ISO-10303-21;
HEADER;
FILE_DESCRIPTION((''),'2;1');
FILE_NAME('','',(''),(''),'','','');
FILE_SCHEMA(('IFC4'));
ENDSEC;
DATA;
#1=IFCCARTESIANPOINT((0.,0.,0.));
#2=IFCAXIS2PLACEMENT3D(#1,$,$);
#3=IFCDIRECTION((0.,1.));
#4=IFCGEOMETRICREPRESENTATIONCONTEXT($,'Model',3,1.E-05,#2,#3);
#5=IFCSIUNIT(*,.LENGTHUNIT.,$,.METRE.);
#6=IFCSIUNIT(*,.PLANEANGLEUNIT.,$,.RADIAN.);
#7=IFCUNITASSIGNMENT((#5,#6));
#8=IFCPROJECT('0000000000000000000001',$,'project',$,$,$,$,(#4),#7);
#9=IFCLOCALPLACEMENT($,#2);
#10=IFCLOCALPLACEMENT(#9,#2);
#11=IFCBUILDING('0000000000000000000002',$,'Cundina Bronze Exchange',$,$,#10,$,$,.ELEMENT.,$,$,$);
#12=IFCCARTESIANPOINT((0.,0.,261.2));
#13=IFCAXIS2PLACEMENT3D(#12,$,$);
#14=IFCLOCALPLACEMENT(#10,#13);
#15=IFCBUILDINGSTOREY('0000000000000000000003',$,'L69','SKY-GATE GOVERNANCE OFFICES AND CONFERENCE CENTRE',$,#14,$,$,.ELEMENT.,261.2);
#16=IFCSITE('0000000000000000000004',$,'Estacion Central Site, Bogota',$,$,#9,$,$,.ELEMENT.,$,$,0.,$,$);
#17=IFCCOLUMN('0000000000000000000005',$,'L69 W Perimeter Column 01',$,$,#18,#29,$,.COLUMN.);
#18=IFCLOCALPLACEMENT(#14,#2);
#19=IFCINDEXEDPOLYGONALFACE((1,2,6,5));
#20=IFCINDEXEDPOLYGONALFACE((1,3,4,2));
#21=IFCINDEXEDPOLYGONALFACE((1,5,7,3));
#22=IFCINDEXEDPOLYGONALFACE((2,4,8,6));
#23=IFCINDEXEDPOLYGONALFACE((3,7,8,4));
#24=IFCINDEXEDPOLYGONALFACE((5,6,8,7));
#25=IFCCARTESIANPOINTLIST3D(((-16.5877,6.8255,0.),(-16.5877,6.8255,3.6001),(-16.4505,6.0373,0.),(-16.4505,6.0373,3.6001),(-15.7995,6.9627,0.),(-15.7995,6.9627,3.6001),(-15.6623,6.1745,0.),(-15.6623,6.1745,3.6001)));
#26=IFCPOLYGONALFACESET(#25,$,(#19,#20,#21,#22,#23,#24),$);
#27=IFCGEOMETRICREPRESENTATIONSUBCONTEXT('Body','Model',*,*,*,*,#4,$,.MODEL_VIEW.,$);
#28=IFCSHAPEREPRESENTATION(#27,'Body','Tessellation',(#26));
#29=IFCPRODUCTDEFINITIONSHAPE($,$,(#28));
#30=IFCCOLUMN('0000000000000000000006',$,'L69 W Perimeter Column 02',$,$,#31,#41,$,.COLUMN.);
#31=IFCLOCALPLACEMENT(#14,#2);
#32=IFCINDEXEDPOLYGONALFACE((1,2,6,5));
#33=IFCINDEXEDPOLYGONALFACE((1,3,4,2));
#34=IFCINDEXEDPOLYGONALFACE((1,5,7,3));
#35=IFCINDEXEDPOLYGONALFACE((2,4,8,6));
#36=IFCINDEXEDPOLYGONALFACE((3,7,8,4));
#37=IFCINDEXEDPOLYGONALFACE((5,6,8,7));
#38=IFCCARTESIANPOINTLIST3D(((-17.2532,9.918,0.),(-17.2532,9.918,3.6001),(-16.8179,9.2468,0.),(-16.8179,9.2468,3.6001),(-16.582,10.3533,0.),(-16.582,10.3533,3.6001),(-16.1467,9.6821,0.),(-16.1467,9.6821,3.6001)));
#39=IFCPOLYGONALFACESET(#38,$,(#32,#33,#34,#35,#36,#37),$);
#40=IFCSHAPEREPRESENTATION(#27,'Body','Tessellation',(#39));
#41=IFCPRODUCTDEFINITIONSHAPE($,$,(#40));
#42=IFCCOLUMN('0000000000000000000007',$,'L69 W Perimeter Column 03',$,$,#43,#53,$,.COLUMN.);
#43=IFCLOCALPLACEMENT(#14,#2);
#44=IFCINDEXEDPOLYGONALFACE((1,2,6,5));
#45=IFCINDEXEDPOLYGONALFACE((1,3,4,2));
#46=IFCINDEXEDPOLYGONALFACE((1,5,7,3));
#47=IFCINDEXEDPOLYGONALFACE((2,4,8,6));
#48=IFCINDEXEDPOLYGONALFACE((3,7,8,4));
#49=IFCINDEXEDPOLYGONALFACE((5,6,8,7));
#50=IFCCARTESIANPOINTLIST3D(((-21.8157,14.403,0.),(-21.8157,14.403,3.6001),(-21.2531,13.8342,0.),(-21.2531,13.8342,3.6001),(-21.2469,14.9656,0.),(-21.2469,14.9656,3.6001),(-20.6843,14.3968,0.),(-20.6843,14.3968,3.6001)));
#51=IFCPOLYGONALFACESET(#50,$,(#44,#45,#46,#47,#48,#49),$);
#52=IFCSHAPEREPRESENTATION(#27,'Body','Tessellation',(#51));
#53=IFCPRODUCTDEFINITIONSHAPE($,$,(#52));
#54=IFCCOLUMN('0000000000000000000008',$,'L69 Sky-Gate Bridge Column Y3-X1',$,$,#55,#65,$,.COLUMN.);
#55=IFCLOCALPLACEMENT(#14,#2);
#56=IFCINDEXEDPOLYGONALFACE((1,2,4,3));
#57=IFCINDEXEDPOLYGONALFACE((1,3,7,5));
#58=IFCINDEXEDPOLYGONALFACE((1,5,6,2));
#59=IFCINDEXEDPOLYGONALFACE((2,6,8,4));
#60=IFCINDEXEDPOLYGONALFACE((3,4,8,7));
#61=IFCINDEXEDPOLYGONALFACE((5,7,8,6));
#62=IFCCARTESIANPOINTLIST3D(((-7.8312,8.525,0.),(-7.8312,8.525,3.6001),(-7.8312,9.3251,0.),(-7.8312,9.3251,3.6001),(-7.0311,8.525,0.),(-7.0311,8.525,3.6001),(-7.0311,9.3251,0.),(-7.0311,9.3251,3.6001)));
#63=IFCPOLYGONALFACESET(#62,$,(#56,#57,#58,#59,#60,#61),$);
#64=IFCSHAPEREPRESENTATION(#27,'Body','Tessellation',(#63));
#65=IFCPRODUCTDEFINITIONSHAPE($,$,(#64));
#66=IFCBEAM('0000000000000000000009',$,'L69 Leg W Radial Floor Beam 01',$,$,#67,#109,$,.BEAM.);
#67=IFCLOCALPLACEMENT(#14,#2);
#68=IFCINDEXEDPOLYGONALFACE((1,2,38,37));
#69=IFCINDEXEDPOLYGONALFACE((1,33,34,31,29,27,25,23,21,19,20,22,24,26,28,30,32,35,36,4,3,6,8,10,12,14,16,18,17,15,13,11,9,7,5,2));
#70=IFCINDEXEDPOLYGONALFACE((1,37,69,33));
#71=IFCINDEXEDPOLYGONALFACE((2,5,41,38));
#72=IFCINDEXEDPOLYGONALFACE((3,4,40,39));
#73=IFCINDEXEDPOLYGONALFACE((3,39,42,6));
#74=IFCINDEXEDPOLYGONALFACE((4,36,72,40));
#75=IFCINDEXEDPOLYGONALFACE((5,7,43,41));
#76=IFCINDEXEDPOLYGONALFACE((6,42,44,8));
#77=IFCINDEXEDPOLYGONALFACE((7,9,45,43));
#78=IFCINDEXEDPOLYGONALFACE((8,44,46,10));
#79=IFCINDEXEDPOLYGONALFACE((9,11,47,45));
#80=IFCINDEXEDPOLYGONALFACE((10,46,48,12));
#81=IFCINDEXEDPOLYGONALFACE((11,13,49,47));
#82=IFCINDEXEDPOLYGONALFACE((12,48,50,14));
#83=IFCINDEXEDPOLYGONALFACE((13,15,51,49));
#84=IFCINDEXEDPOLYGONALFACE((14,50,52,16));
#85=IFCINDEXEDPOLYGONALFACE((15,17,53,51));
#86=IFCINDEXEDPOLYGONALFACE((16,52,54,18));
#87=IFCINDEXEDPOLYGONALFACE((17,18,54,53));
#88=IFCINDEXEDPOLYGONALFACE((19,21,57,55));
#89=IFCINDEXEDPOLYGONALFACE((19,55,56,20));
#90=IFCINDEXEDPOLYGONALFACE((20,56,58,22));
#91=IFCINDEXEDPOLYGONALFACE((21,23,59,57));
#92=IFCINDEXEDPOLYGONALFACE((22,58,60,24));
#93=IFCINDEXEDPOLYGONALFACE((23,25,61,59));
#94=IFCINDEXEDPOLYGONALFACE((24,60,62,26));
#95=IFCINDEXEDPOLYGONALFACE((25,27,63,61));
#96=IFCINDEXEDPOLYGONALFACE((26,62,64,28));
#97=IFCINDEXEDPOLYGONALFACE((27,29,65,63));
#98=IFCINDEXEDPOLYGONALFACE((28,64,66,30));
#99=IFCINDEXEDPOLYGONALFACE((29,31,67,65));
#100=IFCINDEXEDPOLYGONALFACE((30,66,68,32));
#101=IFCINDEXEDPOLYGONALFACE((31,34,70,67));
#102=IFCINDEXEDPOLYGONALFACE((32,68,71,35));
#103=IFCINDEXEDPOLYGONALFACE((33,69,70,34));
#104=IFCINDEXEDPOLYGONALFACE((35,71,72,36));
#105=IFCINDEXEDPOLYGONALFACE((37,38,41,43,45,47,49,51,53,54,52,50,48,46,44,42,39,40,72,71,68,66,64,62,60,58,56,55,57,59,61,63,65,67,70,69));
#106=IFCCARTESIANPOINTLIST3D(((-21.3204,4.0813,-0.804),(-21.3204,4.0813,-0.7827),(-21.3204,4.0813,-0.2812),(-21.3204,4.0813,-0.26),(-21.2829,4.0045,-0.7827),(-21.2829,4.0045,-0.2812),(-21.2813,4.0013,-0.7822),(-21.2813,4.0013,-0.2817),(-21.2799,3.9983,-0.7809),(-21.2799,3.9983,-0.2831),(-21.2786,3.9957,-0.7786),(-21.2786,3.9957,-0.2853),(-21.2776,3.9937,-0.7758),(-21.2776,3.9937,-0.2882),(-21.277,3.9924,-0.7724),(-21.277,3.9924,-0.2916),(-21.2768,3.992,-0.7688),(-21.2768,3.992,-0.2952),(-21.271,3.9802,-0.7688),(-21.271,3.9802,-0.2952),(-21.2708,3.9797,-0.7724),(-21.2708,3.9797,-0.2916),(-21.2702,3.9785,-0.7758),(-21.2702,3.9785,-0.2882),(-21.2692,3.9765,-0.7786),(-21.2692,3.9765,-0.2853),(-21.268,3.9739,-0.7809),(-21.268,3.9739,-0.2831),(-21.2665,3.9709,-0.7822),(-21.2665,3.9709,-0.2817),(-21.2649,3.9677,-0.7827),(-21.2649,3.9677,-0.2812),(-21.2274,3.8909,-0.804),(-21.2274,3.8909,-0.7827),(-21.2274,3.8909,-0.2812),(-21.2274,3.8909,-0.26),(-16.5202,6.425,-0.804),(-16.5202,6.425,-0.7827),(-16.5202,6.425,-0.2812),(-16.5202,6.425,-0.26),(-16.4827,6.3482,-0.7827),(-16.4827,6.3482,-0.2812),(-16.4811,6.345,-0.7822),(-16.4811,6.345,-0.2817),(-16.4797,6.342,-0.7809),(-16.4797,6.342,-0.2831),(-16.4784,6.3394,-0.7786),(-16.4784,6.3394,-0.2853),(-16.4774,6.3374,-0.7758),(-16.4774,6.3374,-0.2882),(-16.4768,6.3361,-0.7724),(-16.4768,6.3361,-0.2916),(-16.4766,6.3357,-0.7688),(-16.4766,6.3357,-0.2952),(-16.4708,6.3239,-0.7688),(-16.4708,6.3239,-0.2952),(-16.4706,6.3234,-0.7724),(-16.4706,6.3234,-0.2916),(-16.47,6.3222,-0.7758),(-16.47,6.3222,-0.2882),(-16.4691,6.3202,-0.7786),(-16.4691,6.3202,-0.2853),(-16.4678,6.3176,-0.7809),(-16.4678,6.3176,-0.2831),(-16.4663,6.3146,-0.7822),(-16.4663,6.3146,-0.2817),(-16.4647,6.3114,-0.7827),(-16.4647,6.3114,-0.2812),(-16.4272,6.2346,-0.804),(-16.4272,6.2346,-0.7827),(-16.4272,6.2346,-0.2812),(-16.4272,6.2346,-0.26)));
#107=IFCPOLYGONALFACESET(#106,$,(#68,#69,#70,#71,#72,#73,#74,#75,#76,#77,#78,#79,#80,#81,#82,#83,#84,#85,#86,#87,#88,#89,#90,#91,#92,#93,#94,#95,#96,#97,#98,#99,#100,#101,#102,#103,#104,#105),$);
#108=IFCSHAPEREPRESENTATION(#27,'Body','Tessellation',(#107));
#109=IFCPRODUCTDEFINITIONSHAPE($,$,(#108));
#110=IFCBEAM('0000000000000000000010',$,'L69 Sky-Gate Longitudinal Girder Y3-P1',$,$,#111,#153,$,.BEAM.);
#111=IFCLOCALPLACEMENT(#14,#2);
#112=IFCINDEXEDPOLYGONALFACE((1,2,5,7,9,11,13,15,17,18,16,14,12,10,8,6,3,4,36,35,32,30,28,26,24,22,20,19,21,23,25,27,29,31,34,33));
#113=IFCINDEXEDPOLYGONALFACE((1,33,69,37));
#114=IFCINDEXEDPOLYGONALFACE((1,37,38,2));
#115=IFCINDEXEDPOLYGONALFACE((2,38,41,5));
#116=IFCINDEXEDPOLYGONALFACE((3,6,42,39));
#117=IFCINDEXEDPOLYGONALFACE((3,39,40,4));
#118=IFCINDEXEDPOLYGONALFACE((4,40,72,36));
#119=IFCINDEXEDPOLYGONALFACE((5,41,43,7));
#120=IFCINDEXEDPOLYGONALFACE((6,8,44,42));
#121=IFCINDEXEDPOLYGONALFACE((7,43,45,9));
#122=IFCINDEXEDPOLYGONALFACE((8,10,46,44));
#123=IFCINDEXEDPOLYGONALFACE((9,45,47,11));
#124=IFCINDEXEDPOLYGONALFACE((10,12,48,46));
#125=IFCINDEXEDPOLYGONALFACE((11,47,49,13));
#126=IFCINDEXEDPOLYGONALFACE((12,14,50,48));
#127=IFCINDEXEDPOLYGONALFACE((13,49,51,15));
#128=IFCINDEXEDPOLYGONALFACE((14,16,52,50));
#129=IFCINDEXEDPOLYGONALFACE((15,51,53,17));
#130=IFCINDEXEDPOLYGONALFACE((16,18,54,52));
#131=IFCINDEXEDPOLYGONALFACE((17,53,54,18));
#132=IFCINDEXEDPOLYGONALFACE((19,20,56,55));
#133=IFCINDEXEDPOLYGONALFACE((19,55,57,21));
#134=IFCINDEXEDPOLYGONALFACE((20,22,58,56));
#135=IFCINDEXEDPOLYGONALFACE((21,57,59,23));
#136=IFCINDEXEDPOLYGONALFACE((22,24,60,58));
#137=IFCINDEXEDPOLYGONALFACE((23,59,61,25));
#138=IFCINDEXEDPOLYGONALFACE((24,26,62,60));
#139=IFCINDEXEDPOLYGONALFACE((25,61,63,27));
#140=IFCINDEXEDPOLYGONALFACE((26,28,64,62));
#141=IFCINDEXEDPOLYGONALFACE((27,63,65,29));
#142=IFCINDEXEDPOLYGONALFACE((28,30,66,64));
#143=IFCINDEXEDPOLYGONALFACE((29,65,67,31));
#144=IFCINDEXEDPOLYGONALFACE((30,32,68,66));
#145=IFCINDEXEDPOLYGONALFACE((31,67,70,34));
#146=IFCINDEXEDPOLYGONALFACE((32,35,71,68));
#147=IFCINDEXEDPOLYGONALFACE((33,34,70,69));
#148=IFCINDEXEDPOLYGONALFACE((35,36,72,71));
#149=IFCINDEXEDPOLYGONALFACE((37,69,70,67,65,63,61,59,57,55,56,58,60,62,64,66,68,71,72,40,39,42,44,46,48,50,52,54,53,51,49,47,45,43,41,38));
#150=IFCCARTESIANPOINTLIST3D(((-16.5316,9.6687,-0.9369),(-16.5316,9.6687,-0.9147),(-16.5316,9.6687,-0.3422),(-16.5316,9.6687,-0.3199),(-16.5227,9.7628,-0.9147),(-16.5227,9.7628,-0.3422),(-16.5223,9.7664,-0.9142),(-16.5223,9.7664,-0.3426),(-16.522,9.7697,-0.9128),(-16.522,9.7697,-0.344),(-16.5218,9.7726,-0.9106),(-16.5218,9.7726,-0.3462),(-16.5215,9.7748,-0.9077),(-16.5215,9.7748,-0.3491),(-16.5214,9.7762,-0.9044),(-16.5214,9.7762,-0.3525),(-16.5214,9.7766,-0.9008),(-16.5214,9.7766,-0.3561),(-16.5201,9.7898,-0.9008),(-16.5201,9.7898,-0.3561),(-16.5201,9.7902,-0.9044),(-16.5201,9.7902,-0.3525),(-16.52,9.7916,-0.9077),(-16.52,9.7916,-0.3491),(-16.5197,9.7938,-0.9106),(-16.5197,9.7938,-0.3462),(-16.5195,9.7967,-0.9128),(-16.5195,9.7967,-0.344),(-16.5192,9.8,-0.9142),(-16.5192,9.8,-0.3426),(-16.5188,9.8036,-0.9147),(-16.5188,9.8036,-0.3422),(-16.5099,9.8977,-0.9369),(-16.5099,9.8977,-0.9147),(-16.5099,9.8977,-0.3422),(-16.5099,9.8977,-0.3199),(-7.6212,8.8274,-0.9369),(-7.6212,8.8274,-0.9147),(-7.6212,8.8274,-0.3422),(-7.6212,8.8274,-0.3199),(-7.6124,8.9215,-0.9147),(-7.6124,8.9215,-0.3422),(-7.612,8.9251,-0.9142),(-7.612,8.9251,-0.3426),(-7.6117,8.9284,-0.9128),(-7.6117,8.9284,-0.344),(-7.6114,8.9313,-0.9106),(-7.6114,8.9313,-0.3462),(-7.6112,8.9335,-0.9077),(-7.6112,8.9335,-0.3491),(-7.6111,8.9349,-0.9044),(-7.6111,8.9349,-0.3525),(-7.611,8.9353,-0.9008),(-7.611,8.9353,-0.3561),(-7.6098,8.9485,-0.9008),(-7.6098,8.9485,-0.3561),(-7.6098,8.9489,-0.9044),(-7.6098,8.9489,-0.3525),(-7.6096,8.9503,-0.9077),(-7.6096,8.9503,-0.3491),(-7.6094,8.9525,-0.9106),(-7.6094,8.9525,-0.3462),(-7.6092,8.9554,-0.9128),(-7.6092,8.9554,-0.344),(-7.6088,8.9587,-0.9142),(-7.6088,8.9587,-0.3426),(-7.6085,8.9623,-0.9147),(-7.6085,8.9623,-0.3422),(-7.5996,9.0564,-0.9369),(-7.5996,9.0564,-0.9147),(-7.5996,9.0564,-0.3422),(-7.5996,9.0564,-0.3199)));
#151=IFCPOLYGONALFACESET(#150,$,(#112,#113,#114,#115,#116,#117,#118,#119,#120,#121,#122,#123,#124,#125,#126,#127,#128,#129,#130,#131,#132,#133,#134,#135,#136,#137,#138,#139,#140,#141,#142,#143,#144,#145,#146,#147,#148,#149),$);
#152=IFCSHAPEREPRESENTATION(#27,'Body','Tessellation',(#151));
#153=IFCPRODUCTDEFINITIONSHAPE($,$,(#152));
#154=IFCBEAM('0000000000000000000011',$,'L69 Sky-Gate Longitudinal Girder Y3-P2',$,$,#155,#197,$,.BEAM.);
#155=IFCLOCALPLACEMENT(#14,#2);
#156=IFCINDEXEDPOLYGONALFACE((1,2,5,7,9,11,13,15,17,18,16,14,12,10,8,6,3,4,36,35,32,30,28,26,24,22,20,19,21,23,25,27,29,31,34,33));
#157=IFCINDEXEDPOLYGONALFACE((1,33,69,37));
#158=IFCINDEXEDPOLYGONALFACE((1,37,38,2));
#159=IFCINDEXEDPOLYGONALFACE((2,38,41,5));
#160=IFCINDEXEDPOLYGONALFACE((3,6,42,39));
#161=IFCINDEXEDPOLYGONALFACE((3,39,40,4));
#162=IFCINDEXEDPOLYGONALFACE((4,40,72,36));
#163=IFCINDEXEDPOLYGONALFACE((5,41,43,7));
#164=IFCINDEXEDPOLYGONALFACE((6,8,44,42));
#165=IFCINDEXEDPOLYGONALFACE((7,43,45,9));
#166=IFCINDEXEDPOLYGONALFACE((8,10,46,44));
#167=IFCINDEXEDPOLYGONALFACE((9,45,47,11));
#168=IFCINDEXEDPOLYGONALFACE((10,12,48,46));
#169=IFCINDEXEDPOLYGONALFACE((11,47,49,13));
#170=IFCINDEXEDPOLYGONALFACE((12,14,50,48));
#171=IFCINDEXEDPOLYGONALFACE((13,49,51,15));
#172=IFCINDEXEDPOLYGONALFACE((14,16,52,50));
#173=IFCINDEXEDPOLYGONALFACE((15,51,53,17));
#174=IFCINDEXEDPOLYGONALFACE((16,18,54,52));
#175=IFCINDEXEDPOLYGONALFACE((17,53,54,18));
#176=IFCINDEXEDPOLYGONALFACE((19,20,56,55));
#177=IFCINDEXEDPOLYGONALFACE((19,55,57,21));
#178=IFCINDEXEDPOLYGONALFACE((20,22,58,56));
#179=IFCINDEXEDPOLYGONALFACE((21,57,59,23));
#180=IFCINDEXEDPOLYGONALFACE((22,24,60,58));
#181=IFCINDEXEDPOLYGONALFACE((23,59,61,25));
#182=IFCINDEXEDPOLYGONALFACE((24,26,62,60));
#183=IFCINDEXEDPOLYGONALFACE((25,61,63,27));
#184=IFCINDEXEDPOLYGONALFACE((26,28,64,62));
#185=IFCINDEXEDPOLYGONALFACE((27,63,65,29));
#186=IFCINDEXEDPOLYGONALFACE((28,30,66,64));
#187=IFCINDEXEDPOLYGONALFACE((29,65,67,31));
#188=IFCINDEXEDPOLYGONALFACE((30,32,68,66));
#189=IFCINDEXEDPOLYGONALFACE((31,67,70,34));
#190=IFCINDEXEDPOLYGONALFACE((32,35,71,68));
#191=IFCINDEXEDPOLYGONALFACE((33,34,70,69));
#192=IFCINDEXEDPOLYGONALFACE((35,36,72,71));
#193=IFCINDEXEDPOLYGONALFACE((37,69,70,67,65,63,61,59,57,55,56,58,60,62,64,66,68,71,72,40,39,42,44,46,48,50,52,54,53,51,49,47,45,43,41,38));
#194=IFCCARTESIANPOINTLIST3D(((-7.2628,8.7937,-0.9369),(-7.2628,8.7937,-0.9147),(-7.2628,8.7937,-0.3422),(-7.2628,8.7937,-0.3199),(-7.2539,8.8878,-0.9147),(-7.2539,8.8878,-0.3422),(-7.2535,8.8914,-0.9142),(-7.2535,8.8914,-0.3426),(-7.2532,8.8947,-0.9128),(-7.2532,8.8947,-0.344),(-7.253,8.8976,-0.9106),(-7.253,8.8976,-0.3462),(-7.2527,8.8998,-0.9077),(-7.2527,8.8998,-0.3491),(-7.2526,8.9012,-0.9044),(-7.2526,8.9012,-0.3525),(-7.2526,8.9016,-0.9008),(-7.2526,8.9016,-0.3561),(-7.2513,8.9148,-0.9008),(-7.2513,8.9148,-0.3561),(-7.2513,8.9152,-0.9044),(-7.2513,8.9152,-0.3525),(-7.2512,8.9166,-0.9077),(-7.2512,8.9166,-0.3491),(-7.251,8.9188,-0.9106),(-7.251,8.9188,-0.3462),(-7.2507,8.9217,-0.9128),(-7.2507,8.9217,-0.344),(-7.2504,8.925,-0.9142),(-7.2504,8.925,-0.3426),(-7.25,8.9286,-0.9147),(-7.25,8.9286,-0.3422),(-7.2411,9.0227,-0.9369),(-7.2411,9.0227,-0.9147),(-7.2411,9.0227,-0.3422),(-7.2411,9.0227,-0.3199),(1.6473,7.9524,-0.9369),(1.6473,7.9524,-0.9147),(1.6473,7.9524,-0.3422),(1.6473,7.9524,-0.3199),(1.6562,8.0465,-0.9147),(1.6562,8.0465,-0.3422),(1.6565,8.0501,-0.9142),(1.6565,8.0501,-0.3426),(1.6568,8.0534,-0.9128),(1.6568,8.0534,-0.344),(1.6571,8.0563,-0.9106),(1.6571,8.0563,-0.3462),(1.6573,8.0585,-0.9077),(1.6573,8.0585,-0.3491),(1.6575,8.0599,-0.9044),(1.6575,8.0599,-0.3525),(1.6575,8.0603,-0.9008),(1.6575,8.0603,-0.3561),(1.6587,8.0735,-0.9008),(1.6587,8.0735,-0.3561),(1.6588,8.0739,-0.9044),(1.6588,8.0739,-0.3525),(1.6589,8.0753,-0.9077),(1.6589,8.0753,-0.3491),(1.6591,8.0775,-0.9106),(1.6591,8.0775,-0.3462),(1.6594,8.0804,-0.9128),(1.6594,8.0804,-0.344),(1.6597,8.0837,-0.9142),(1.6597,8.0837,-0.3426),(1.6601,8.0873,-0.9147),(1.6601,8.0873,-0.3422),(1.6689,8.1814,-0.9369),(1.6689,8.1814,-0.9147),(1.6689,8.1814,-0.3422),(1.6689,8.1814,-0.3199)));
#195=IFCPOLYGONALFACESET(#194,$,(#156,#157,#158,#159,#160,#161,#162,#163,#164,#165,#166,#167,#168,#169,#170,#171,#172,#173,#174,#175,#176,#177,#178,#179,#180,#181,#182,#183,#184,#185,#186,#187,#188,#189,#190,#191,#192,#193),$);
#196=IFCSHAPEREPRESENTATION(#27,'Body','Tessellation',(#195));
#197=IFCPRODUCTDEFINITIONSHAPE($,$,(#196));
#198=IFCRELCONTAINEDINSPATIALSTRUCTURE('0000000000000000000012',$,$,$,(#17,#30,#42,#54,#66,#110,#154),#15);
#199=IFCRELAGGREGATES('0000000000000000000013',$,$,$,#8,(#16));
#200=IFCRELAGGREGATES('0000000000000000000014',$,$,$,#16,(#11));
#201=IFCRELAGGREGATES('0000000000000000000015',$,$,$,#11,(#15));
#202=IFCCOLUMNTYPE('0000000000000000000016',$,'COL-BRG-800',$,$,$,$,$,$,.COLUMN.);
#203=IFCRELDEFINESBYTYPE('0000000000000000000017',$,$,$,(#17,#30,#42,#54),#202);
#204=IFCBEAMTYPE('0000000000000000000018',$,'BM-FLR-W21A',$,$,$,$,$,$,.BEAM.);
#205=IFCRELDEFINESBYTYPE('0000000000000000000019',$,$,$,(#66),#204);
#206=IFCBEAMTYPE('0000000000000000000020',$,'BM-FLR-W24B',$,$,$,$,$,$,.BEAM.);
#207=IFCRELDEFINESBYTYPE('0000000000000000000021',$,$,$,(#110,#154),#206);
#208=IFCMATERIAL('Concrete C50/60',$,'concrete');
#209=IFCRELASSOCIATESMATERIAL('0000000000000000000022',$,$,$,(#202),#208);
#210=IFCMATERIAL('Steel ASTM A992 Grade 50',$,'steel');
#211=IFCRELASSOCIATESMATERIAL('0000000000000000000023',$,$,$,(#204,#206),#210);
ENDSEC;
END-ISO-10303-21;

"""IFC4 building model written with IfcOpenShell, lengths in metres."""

from ifc_helpers import new_model, si_unit, direction, frame, origin, origin_2d, place, context, subcontext, project, spatial, rectangle, i_section, extrude, material, material_profile, profile_set, type_object, element, save


model = new_model("IFC4")

# Units and contexts
model_context = context("Model", 3, precision=1e-05, world=origin(), true_north=direction((0.0, 1.0)))
body_context = subcontext(model_context, "Body", "Model", "MODEL_VIEW")
ifc_project = project(units=[si_unit("LENGTHUNIT", "METRE"), si_unit("PLANEANGLEUNIT", "RADIAN")], contexts=[model_context])

# Site, building, storey
site_placement = place(None, origin())
site = spatial("IfcSite", under=ifc_project, at=site_placement, Name="Estacion Central Site, Bogota", CompositionType="ELEMENT", RefElevation=0.0)
building_placement = place(site_placement, origin())
building = spatial("IfcBuilding", under=site, at=building_placement, Name="Cundina Bronze Exchange", CompositionType="ELEMENT")
storey_placement = place(building_placement, frame((0.0, 0.0, 261.2)))
storey = spatial("IfcBuildingStorey", under=building, at=storey_placement, Name="L69", Description="SKY-GATE GOVERNANCE OFFICES AND CONFERENCE CENTRE", CompositionType="ELEMENT", Elevation=261.2)

# Columns
ifc_material_1 = material(Name="Concrete C50/60", Category="concrete")
ifc_material_profile_1 = material_profile(ifc_material_1, rectangle(XDim=0.8, YDim=0.8, at=origin_2d()), Name="RC800X800", Category="concrete")
ifc_profile_set_1 = profile_set([ifc_material_profile_1], Name="Concrete C50/60")
column_type = type_object("IfcColumnType", Name="COL-BRG-800", PredefinedType="COLUMN", material=ifc_profile_set_1)
for number, where, z_axis, x_axis, name in (
    (1, (-16.125, 6.5, 0.0), (0.0, 0.0, 1.0), (-0.171585, 0.985169, 0.0), "L69 W Perimeter Column 01"),
    (2, (-16.7, 9.8, 0.0), (0.0, 0.0, 1.0), (-0.5442, 0.838956, 0.0), "L69 W Perimeter Column 02"),
    (3, (-21.25, 14.3999, 0.0), (0.0, 0.0, 1.0), (-0.703271, 0.710922, 0.0), "L69 W Perimeter Column 03"),
    (4, (-7.4312, 8.925, 0.0), (0.0, 0.0, 1.0), (1.0, 0.0, 0.0), "L69 Sky-Gate Bridge Column Y3-X1"),
):
    element("IfcColumn", number, at=place(storey_placement, frame(where, z_axis=z_axis, x_axis=x_axis)), inside=storey, type_object=column_type, Name=name, PredefinedType="COLUMN", context=body_context, shape_type="SweptSolid", body=[
        extrude(rectangle(XDim=0.8, YDim=0.8, at=origin_2d()), origin(), (0.0, 0.0, 1.0), 3.6001),
    ])

# Beams
ifc_material_2 = material(Name="Steel ASTM A992 Grade 50", Category="steel")
ifc_material_profile_2 = material_profile(ifc_material_2, i_section(OverallWidth=0.2119, OverallDepth=0.5439, WebThickness=0.0132, FlangeThickness=0.0212, FilletRadius=0.0139, at=origin_2d()), Name="W21X83", Category="steel")
ifc_profile_set_2 = profile_set([ifc_material_profile_2], Name="Steel ASTM A992 Grade 50")
beam_type_1 = type_object("IfcBeamType", Name="BM-FLR-W21A", PredefinedType="BEAM", material=ifc_profile_set_2)
beam_1_placement = place(storey_placement, frame((-21.2739, 3.9861, -0.532), z_axis=(0.89861, 0.438748, 0.0), x_axis=(-0.438748, 0.89861, 0.0)))
element("IfcBeam", 5, at=beam_1_placement, inside=storey, type_object=beam_type_1, Name="L69 Leg W Radial Floor Beam 01", PredefinedType="BEAM", context=body_context, shape_type="SweptSolid", body=[
    extrude(i_section(OverallWidth=0.2119, OverallDepth=0.5439, WebThickness=0.0132, FlangeThickness=0.0212, FilletRadius=0.0139, at=origin_2d()), origin(), (0.0, 0.0, 1.0), 5.3418),
])
ifc_material_profile_3 = material_profile(ifc_material_2, i_section(OverallWidth=0.23, OverallDepth=0.6169, WebThickness=0.0132, FlangeThickness=0.0222, FilletRadius=0.0139, at=origin_2d()), Name="W24X94", Category="steel")
ifc_profile_set_3 = profile_set([ifc_material_profile_3], Name="Steel ASTM A992 Grade 50")
beam_type_2 = type_object("IfcBeamType", Name="BM-FLR-W24B", PredefinedType="BEAM", material=ifc_profile_set_3)
beam_2_placement = place(storey_placement, frame((-16.5208, 9.7832, -0.6284), z_axis=(0.995572, -0.094001, 0.0), x_axis=(0.094001, 0.995572, 0.0)))
element("IfcBeam", 6, at=beam_2_placement, inside=storey, type_object=beam_type_2, Name="L69 Sky-Gate Longitudinal Girder Y3-P1", PredefinedType="BEAM", context=body_context, shape_type="SweptSolid", body=[
    extrude(i_section(OverallWidth=0.23, OverallDepth=0.6169, WebThickness=0.0132, FlangeThickness=0.0222, FilletRadius=0.0139, at=origin_2d()), origin(), (0.0, 0.0, 1.0), 8.95),
])
beam_3_placement = place(storey_placement, frame((-7.252, 8.9082, -0.6284), z_axis=(0.995572, -0.094003, 0.0), x_axis=(0.094003, 0.995572, 0.0)))
element("IfcBeam", 7, at=beam_3_placement, inside=storey, type_object=beam_type_2, Name="L69 Sky-Gate Longitudinal Girder Y3-P2", PredefinedType="BEAM", context=body_context, shape_type="SweptSolid", body=[
    extrude(i_section(OverallWidth=0.23, OverallDepth=0.6169, WebThickness=0.0132, FlangeThickness=0.0222, FilletRadius=0.0139, at=origin_2d()), origin(), (0.0, 0.0, 1.0), 8.9497),
])

save(model, "model.ifc")
